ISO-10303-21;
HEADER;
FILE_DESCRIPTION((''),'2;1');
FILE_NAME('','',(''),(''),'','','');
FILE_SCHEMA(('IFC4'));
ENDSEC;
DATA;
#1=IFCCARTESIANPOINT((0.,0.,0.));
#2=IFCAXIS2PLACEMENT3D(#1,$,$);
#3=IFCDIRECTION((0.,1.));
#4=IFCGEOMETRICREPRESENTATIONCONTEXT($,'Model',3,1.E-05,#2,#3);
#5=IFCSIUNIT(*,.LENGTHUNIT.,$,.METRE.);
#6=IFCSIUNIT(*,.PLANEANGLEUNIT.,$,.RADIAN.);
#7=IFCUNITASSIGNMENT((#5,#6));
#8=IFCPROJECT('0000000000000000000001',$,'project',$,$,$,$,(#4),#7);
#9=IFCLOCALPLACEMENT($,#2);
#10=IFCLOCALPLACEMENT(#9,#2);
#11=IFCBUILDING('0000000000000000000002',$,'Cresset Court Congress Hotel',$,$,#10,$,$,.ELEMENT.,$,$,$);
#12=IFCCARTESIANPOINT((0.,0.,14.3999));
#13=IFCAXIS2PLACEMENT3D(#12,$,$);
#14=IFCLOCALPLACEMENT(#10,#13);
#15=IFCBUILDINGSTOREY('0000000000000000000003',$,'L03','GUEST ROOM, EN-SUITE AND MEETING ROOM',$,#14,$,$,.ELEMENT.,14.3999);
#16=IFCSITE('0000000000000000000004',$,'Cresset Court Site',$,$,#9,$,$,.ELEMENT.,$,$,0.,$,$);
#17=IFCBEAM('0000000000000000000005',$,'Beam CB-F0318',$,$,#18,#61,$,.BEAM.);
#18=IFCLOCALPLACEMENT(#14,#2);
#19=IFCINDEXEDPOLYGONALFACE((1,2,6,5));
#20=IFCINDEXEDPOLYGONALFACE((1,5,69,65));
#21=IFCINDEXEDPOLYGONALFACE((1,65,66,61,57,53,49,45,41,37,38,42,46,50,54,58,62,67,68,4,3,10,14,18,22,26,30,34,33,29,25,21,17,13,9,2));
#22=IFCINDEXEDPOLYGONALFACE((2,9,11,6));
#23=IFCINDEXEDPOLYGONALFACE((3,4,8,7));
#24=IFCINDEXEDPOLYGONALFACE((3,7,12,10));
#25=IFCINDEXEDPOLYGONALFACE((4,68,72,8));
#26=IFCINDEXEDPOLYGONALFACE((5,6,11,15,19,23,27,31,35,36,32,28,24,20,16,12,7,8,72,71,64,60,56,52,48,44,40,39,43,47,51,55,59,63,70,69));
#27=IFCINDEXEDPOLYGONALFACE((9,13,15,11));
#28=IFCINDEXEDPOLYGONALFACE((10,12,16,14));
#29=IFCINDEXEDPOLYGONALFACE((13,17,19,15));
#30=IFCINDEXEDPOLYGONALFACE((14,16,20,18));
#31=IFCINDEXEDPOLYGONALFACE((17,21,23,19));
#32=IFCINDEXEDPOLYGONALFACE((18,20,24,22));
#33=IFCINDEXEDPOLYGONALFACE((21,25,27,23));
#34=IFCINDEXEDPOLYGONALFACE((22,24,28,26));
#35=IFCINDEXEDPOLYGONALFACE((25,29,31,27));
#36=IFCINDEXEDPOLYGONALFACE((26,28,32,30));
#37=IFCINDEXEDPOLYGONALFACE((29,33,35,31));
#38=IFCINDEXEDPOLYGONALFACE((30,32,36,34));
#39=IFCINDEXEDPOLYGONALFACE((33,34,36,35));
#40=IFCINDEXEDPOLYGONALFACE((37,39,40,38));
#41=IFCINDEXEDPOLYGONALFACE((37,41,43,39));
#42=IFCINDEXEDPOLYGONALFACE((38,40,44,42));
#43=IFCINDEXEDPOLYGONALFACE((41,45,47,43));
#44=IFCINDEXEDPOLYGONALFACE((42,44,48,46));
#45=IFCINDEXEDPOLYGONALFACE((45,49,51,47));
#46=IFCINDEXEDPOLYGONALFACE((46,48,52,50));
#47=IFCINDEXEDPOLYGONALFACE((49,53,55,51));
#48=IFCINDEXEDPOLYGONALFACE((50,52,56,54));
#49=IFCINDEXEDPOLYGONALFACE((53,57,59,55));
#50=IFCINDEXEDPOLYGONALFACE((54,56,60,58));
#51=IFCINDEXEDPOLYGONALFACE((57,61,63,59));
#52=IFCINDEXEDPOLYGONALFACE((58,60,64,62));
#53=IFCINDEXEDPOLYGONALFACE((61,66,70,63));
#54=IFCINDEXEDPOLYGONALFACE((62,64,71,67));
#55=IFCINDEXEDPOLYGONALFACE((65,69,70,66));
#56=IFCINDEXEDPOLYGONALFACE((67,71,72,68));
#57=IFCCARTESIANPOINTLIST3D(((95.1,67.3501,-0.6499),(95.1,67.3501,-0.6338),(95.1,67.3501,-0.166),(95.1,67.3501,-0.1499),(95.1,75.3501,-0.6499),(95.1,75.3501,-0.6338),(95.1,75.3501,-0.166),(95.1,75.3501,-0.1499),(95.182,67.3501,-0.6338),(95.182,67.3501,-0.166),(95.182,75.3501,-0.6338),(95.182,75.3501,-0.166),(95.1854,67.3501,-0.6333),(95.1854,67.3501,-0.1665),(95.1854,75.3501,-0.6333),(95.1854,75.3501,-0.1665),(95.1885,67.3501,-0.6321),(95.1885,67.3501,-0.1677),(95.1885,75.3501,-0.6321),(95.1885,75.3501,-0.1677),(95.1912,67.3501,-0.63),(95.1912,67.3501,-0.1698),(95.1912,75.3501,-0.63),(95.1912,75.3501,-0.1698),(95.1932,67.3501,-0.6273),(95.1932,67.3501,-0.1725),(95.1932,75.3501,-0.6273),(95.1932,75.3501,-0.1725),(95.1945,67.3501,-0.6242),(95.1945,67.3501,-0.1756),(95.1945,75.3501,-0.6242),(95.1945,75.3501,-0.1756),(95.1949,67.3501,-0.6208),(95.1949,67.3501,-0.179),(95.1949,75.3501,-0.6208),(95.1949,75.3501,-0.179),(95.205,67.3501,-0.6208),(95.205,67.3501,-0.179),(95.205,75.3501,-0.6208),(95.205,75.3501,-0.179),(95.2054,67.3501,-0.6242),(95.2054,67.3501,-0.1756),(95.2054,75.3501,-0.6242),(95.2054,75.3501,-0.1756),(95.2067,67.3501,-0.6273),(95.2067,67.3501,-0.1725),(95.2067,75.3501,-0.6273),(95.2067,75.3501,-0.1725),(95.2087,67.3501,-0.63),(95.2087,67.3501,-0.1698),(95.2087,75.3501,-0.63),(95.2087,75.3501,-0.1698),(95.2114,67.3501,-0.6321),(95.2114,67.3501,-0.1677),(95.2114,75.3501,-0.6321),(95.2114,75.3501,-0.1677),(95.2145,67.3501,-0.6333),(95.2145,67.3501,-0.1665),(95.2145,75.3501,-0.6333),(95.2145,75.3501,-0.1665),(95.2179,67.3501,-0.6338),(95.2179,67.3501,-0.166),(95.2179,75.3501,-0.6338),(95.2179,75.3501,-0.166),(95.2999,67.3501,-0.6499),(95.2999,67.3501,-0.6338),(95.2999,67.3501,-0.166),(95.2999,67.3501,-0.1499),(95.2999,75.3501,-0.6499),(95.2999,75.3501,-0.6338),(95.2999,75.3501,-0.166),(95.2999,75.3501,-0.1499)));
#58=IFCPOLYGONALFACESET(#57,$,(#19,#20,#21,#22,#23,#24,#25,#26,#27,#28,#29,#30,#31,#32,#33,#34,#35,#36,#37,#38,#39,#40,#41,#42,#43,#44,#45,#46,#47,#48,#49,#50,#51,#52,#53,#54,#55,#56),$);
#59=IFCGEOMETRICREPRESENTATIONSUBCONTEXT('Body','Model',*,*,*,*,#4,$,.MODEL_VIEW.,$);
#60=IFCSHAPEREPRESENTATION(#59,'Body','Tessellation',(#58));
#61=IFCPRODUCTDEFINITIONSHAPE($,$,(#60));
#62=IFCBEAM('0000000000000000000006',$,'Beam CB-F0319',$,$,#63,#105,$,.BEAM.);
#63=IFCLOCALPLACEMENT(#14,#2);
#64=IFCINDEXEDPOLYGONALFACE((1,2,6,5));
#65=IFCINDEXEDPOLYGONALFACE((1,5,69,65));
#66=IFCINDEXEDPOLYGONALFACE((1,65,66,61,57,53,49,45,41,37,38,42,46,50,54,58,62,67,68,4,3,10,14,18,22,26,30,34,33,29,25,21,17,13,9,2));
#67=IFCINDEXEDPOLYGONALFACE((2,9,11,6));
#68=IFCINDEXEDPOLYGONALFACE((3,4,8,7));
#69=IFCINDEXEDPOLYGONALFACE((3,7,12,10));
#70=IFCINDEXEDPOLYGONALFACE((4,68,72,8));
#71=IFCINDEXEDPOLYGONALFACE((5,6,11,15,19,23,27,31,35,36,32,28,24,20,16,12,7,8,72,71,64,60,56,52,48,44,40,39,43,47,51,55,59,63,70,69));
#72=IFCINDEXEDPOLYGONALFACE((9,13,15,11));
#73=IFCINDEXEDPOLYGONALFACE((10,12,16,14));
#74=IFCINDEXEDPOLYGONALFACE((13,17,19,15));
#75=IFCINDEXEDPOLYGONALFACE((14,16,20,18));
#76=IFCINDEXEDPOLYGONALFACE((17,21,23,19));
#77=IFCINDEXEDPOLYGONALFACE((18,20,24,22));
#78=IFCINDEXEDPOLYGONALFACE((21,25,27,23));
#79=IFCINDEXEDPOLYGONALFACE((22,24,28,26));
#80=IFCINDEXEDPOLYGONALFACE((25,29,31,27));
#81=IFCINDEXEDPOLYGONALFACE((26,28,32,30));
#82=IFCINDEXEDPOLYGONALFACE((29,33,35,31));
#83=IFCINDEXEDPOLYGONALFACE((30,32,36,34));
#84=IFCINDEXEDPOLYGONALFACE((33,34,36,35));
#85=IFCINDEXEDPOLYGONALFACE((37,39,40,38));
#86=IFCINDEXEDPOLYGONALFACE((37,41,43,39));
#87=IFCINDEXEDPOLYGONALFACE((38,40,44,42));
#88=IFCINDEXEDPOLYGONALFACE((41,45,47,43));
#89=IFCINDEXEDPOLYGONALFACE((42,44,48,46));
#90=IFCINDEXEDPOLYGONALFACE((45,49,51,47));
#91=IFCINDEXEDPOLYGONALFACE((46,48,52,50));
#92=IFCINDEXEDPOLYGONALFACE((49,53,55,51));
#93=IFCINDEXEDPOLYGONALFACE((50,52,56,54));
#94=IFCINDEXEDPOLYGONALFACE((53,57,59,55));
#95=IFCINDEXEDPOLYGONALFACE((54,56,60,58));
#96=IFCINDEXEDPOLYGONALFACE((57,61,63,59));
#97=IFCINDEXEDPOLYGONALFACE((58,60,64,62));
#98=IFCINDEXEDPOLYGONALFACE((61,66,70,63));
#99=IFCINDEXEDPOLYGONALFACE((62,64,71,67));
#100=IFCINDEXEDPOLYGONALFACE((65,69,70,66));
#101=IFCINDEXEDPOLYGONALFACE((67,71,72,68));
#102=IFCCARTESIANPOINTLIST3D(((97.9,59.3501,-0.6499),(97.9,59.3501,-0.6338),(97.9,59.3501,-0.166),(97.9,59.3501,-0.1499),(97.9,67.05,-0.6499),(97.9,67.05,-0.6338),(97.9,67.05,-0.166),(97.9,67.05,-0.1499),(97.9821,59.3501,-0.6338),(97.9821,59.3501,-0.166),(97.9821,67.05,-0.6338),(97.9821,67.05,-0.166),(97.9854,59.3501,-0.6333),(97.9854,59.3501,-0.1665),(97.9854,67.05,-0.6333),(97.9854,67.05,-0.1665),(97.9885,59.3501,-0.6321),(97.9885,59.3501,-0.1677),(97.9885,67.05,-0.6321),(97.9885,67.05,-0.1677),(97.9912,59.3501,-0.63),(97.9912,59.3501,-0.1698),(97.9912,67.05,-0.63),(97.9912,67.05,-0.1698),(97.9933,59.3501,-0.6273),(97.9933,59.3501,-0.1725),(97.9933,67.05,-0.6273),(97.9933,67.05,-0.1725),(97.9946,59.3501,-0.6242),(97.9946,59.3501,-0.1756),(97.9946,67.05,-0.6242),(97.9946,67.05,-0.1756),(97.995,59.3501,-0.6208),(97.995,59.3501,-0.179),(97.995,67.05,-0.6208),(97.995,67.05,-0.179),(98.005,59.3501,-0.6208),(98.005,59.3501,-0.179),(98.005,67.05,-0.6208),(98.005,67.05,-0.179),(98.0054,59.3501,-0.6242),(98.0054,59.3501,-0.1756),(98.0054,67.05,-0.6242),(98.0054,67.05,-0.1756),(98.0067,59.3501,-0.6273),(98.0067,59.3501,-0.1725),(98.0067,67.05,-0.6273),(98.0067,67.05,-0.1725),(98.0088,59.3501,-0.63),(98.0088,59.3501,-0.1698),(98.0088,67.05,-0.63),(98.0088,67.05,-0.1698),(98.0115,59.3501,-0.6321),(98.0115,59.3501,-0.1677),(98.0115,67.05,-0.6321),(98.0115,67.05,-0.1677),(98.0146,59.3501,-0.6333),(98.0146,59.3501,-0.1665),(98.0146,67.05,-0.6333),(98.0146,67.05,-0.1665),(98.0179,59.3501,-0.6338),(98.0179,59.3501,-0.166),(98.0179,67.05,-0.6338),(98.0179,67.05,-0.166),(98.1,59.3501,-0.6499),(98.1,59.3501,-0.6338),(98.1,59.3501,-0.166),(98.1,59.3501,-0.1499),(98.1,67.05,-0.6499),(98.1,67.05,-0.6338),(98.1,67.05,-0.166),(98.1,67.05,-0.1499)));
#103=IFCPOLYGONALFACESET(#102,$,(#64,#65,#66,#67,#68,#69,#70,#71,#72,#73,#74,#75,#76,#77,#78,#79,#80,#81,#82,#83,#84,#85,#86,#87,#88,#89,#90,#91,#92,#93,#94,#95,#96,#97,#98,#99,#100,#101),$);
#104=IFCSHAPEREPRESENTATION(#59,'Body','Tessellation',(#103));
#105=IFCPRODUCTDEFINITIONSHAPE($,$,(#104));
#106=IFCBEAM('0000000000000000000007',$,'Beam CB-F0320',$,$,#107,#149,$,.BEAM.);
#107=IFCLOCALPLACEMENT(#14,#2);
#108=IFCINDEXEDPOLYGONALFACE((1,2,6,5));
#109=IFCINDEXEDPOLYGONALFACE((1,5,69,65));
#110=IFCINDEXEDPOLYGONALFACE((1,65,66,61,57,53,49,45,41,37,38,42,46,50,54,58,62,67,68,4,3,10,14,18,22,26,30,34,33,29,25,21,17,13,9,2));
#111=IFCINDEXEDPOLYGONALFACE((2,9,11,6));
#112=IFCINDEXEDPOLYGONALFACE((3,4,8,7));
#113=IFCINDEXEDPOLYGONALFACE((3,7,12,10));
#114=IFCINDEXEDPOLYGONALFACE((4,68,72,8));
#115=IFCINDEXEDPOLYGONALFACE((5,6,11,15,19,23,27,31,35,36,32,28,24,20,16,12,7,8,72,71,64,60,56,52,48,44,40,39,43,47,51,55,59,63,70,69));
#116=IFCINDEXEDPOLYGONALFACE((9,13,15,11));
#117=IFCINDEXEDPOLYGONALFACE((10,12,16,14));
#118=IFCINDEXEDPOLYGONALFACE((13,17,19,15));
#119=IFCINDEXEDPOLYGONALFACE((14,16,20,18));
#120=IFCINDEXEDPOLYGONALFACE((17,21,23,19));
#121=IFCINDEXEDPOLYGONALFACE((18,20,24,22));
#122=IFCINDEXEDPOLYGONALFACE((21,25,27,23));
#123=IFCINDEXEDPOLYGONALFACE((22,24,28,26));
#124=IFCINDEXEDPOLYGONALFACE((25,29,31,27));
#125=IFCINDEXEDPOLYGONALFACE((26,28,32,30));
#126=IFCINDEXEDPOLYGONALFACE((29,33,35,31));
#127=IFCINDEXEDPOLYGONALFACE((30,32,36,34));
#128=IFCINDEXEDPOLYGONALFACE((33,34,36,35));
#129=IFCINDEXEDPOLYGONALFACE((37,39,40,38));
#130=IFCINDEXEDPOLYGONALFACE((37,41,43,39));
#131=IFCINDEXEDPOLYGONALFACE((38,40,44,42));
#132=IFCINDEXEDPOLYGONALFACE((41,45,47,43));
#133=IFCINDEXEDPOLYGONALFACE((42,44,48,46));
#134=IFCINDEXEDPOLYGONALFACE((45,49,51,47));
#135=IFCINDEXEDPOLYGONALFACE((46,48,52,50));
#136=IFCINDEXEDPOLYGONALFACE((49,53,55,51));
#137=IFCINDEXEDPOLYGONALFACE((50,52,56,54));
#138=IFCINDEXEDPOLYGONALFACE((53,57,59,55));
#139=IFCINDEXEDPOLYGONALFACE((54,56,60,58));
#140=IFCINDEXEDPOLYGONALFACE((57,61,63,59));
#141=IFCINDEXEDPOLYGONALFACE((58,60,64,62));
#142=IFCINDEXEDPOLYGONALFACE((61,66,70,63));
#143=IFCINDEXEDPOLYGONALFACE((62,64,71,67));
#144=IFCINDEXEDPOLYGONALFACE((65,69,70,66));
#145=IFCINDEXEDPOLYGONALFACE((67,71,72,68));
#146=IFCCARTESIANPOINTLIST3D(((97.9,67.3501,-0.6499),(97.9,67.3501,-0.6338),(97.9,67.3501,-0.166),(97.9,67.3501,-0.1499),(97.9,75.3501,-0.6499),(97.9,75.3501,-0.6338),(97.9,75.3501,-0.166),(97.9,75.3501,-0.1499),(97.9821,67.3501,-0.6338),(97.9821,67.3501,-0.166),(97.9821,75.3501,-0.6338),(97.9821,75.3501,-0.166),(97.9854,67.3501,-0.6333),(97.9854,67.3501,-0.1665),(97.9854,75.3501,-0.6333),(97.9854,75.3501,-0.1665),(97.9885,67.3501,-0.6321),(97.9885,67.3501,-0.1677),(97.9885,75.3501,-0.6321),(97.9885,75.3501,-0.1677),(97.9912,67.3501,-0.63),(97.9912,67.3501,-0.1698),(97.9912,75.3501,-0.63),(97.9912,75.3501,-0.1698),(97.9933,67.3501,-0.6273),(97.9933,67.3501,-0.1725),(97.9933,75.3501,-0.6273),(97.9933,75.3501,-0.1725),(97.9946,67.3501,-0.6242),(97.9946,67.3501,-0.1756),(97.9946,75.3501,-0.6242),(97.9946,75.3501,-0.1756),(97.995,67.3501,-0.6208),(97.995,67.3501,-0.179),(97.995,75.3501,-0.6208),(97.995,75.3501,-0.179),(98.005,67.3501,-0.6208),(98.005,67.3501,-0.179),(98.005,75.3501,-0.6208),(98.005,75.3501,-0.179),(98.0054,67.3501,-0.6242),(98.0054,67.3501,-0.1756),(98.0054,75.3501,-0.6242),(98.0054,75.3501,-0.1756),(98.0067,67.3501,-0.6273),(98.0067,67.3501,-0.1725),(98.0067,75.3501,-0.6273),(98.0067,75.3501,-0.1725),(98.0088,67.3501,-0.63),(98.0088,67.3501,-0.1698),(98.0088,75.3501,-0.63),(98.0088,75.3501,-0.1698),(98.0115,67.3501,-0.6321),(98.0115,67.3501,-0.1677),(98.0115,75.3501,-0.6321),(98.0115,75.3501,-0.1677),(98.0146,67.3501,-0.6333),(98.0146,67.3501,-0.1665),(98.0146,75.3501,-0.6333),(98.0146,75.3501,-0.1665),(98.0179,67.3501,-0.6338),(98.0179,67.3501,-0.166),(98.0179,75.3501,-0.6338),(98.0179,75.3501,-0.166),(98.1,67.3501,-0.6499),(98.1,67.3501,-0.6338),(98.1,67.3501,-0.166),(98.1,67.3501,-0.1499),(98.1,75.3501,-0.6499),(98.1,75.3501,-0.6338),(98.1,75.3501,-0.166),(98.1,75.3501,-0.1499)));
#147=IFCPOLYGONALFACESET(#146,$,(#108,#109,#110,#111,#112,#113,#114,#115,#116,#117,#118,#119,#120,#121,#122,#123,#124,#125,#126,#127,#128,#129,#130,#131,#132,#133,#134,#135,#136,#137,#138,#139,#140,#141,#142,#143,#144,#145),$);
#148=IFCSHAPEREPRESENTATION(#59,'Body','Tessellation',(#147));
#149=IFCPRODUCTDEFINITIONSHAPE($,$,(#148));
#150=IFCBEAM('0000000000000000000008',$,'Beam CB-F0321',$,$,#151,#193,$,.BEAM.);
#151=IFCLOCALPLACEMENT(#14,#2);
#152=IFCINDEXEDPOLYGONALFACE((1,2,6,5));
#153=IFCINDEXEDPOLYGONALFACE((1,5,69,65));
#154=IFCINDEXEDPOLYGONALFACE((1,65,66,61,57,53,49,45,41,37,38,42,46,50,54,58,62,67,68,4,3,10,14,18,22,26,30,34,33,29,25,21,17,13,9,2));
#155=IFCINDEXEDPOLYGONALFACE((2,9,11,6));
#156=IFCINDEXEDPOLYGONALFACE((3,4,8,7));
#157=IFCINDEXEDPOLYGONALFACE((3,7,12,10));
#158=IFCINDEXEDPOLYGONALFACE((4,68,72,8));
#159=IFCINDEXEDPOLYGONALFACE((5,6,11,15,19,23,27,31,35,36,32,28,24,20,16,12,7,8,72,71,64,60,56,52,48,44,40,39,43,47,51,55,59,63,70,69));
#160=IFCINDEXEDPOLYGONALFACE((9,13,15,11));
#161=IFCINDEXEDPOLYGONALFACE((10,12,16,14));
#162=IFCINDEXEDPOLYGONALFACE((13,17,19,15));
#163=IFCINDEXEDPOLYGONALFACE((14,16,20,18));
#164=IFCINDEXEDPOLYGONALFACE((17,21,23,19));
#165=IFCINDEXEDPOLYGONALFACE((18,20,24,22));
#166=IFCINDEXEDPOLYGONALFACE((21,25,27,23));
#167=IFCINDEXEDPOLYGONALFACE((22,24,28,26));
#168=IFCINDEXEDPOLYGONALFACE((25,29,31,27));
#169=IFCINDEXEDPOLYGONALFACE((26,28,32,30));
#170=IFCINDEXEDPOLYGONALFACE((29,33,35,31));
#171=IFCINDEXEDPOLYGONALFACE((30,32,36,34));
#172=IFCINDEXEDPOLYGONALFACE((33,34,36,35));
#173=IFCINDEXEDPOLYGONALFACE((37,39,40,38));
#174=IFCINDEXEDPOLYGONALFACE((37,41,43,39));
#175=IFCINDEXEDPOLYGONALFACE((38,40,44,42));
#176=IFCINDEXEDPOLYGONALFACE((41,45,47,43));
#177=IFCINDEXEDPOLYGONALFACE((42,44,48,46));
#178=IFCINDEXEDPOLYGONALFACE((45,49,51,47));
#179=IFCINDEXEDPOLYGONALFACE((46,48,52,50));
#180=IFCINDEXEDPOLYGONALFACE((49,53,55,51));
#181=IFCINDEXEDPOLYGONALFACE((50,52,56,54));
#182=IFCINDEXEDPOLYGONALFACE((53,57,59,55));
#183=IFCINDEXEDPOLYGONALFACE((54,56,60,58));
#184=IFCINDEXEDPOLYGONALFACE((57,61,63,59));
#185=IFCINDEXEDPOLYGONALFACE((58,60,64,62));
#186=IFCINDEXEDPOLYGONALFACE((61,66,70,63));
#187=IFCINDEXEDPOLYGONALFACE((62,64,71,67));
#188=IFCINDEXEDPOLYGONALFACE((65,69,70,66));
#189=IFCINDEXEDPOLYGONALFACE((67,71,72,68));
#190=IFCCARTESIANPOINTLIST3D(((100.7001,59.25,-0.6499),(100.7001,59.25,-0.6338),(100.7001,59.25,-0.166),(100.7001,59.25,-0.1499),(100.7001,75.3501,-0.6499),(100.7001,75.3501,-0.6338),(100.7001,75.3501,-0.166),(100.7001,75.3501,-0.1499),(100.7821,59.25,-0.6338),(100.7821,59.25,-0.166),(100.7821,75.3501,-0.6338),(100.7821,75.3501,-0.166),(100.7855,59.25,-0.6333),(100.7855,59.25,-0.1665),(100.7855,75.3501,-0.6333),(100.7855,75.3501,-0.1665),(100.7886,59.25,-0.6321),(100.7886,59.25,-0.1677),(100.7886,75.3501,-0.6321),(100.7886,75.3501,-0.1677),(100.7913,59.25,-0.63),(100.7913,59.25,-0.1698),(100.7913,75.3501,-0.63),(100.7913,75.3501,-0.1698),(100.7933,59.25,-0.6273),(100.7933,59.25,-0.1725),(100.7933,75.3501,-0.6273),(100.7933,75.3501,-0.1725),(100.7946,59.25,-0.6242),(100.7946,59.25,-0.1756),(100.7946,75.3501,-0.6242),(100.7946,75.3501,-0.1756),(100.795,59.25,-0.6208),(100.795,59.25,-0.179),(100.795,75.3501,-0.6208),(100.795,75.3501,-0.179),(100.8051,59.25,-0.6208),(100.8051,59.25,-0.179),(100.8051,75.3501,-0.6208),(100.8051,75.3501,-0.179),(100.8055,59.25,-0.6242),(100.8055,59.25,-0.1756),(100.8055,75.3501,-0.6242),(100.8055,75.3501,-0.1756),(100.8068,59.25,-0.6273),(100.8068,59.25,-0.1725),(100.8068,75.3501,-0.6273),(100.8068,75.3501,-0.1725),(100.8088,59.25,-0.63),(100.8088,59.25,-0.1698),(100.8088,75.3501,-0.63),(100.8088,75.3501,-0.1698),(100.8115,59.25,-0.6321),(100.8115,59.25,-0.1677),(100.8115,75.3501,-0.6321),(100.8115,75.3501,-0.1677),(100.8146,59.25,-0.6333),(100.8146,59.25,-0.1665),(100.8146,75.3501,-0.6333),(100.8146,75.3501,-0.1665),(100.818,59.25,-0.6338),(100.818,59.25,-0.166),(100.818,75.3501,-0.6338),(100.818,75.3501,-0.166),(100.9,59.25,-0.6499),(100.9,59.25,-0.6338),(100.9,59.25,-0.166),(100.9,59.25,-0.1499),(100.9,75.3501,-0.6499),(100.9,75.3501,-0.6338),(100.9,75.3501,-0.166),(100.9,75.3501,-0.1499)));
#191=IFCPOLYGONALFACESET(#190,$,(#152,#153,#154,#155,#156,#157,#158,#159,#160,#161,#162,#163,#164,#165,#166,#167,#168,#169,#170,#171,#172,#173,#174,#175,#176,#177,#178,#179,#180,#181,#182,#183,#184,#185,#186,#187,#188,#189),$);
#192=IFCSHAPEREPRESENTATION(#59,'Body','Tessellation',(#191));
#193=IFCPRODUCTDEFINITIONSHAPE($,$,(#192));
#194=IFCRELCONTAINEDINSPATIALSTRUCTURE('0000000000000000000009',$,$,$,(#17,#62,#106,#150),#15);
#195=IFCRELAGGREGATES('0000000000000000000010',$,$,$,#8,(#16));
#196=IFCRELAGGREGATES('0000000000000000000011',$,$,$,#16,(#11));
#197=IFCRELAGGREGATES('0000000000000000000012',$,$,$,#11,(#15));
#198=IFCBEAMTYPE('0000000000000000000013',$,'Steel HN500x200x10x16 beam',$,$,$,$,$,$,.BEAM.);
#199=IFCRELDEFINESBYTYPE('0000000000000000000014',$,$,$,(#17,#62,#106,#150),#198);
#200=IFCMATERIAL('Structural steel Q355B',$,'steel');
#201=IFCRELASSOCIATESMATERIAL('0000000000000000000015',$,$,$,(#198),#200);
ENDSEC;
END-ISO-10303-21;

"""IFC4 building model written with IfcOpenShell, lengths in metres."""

from ifc_helpers import new_model, si_unit, direction, frame, origin, origin_2d, place, context, subcontext, project, spatial, i_section, extrude, material, material_profile, profile_set, type_object, element, save


model = new_model("IFC4")

# Units and contexts
model_context = context("Model", 3, precision=1e-05, world=origin(), true_north=direction((0.0, 1.0)))
body_context = subcontext(model_context, "Body", "Model", "MODEL_VIEW")
ifc_project = project(units=[si_unit("LENGTHUNIT", "METRE"), si_unit("PLANEANGLEUNIT", "RADIAN")], contexts=[model_context])

# Site, building, storey
site_placement = place(None, origin())
site = spatial("IfcSite", under=ifc_project, at=site_placement, Name="Cresset Court Site", CompositionType="ELEMENT", RefElevation=0.0)
building_placement = place(site_placement, origin())
building = spatial("IfcBuilding", under=site, at=building_placement, Name="Cresset Court Congress Hotel", CompositionType="ELEMENT")
storey_placement = place(building_placement, frame((0.0, 0.0, 14.3999)))
storey = spatial("IfcBuildingStorey", under=building, at=storey_placement, Name="L03", Description="GUEST ROOM, EN-SUITE AND MEETING ROOM", CompositionType="ELEMENT", Elevation=14.3999)

# Beams
ifc_material_1 = material(Name="Structural steel Q355B", Category="steel")
ifc_material_profile_1 = material_profile(ifc_material_1, i_section(OverallWidth=0.2, OverallDepth=0.5, WebThickness=0.01, FlangeThickness=0.0161, FilletRadius=0.0129, at=origin_2d()), Name="HN500x200x10x16")
ifc_profile_set_1 = profile_set([ifc_material_profile_1], Name="Structural steel Q355B")
beam_type_1 = type_object("IfcBeamType", Name="Steel HN500x200x10x16 beam", PredefinedType="BEAM", material=ifc_profile_set_1)
beam_1_placement = place(storey_placement, frame((95.2, 67.3501, -0.3999), z_axis=(0.0, 1.0, 0.0), x_axis=(-1.0, 0.0, 0.0)))
element("IfcBeam", 1, at=beam_1_placement, inside=storey, type_object=beam_type_1, Name="Beam CB-F0318", PredefinedType="BEAM", context=body_context, shape_type="SweptSolid", body=[
    extrude(i_section(OverallWidth=0.2, OverallDepth=0.5, WebThickness=0.01, FlangeThickness=0.0161, FilletRadius=0.0129, at=origin_2d()), origin(), (0.0, 0.0, 1.0), 8.0),
])
beam_2_placement = place(storey_placement, frame((98.0, 59.3501, -0.3999), z_axis=(0.0, 1.0, 0.0), x_axis=(-1.0, 0.0, 0.0)))
element("IfcBeam", 2, at=beam_2_placement, inside=storey, type_object=beam_type_1, Name="Beam CB-F0319", PredefinedType="BEAM", context=body_context, shape_type="SweptSolid", body=[
    extrude(i_section(OverallWidth=0.2, OverallDepth=0.5, WebThickness=0.01, FlangeThickness=0.0161, FilletRadius=0.0129, at=origin_2d()), origin(), (0.0, 0.0, 1.0), 7.7),
])
beam_3_placement = place(storey_placement, frame((98.0, 67.3501, -0.3999), z_axis=(0.0, 1.0, 0.0), x_axis=(-1.0, 0.0, 0.0)))
element("IfcBeam", 3, at=beam_3_placement, inside=storey, type_object=beam_type_1, Name="Beam CB-F0320", PredefinedType="BEAM", context=body_context, shape_type="SweptSolid", body=[
    extrude(i_section(OverallWidth=0.2, OverallDepth=0.5, WebThickness=0.01, FlangeThickness=0.0161, FilletRadius=0.0129, at=origin_2d()), origin(), (0.0, 0.0, 1.0), 8.0),
])
beam_4_placement = place(storey_placement, frame((100.8, 59.25, -0.3999), z_axis=(0.0, 1.0, 0.0), x_axis=(-1.0, 0.0, 0.0)))
element("IfcBeam", 4, at=beam_4_placement, inside=storey, type_object=beam_type_1, Name="Beam CB-F0321", PredefinedType="BEAM", context=body_context, shape_type="SweptSolid", body=[
    extrude(i_section(OverallWidth=0.2, OverallDepth=0.5, WebThickness=0.01, FlangeThickness=0.0161, FilletRadius=0.0129, at=origin_2d()), origin(), (0.0, 0.0, 1.0), 16.1001),
])

save(model, "model.ifc")
